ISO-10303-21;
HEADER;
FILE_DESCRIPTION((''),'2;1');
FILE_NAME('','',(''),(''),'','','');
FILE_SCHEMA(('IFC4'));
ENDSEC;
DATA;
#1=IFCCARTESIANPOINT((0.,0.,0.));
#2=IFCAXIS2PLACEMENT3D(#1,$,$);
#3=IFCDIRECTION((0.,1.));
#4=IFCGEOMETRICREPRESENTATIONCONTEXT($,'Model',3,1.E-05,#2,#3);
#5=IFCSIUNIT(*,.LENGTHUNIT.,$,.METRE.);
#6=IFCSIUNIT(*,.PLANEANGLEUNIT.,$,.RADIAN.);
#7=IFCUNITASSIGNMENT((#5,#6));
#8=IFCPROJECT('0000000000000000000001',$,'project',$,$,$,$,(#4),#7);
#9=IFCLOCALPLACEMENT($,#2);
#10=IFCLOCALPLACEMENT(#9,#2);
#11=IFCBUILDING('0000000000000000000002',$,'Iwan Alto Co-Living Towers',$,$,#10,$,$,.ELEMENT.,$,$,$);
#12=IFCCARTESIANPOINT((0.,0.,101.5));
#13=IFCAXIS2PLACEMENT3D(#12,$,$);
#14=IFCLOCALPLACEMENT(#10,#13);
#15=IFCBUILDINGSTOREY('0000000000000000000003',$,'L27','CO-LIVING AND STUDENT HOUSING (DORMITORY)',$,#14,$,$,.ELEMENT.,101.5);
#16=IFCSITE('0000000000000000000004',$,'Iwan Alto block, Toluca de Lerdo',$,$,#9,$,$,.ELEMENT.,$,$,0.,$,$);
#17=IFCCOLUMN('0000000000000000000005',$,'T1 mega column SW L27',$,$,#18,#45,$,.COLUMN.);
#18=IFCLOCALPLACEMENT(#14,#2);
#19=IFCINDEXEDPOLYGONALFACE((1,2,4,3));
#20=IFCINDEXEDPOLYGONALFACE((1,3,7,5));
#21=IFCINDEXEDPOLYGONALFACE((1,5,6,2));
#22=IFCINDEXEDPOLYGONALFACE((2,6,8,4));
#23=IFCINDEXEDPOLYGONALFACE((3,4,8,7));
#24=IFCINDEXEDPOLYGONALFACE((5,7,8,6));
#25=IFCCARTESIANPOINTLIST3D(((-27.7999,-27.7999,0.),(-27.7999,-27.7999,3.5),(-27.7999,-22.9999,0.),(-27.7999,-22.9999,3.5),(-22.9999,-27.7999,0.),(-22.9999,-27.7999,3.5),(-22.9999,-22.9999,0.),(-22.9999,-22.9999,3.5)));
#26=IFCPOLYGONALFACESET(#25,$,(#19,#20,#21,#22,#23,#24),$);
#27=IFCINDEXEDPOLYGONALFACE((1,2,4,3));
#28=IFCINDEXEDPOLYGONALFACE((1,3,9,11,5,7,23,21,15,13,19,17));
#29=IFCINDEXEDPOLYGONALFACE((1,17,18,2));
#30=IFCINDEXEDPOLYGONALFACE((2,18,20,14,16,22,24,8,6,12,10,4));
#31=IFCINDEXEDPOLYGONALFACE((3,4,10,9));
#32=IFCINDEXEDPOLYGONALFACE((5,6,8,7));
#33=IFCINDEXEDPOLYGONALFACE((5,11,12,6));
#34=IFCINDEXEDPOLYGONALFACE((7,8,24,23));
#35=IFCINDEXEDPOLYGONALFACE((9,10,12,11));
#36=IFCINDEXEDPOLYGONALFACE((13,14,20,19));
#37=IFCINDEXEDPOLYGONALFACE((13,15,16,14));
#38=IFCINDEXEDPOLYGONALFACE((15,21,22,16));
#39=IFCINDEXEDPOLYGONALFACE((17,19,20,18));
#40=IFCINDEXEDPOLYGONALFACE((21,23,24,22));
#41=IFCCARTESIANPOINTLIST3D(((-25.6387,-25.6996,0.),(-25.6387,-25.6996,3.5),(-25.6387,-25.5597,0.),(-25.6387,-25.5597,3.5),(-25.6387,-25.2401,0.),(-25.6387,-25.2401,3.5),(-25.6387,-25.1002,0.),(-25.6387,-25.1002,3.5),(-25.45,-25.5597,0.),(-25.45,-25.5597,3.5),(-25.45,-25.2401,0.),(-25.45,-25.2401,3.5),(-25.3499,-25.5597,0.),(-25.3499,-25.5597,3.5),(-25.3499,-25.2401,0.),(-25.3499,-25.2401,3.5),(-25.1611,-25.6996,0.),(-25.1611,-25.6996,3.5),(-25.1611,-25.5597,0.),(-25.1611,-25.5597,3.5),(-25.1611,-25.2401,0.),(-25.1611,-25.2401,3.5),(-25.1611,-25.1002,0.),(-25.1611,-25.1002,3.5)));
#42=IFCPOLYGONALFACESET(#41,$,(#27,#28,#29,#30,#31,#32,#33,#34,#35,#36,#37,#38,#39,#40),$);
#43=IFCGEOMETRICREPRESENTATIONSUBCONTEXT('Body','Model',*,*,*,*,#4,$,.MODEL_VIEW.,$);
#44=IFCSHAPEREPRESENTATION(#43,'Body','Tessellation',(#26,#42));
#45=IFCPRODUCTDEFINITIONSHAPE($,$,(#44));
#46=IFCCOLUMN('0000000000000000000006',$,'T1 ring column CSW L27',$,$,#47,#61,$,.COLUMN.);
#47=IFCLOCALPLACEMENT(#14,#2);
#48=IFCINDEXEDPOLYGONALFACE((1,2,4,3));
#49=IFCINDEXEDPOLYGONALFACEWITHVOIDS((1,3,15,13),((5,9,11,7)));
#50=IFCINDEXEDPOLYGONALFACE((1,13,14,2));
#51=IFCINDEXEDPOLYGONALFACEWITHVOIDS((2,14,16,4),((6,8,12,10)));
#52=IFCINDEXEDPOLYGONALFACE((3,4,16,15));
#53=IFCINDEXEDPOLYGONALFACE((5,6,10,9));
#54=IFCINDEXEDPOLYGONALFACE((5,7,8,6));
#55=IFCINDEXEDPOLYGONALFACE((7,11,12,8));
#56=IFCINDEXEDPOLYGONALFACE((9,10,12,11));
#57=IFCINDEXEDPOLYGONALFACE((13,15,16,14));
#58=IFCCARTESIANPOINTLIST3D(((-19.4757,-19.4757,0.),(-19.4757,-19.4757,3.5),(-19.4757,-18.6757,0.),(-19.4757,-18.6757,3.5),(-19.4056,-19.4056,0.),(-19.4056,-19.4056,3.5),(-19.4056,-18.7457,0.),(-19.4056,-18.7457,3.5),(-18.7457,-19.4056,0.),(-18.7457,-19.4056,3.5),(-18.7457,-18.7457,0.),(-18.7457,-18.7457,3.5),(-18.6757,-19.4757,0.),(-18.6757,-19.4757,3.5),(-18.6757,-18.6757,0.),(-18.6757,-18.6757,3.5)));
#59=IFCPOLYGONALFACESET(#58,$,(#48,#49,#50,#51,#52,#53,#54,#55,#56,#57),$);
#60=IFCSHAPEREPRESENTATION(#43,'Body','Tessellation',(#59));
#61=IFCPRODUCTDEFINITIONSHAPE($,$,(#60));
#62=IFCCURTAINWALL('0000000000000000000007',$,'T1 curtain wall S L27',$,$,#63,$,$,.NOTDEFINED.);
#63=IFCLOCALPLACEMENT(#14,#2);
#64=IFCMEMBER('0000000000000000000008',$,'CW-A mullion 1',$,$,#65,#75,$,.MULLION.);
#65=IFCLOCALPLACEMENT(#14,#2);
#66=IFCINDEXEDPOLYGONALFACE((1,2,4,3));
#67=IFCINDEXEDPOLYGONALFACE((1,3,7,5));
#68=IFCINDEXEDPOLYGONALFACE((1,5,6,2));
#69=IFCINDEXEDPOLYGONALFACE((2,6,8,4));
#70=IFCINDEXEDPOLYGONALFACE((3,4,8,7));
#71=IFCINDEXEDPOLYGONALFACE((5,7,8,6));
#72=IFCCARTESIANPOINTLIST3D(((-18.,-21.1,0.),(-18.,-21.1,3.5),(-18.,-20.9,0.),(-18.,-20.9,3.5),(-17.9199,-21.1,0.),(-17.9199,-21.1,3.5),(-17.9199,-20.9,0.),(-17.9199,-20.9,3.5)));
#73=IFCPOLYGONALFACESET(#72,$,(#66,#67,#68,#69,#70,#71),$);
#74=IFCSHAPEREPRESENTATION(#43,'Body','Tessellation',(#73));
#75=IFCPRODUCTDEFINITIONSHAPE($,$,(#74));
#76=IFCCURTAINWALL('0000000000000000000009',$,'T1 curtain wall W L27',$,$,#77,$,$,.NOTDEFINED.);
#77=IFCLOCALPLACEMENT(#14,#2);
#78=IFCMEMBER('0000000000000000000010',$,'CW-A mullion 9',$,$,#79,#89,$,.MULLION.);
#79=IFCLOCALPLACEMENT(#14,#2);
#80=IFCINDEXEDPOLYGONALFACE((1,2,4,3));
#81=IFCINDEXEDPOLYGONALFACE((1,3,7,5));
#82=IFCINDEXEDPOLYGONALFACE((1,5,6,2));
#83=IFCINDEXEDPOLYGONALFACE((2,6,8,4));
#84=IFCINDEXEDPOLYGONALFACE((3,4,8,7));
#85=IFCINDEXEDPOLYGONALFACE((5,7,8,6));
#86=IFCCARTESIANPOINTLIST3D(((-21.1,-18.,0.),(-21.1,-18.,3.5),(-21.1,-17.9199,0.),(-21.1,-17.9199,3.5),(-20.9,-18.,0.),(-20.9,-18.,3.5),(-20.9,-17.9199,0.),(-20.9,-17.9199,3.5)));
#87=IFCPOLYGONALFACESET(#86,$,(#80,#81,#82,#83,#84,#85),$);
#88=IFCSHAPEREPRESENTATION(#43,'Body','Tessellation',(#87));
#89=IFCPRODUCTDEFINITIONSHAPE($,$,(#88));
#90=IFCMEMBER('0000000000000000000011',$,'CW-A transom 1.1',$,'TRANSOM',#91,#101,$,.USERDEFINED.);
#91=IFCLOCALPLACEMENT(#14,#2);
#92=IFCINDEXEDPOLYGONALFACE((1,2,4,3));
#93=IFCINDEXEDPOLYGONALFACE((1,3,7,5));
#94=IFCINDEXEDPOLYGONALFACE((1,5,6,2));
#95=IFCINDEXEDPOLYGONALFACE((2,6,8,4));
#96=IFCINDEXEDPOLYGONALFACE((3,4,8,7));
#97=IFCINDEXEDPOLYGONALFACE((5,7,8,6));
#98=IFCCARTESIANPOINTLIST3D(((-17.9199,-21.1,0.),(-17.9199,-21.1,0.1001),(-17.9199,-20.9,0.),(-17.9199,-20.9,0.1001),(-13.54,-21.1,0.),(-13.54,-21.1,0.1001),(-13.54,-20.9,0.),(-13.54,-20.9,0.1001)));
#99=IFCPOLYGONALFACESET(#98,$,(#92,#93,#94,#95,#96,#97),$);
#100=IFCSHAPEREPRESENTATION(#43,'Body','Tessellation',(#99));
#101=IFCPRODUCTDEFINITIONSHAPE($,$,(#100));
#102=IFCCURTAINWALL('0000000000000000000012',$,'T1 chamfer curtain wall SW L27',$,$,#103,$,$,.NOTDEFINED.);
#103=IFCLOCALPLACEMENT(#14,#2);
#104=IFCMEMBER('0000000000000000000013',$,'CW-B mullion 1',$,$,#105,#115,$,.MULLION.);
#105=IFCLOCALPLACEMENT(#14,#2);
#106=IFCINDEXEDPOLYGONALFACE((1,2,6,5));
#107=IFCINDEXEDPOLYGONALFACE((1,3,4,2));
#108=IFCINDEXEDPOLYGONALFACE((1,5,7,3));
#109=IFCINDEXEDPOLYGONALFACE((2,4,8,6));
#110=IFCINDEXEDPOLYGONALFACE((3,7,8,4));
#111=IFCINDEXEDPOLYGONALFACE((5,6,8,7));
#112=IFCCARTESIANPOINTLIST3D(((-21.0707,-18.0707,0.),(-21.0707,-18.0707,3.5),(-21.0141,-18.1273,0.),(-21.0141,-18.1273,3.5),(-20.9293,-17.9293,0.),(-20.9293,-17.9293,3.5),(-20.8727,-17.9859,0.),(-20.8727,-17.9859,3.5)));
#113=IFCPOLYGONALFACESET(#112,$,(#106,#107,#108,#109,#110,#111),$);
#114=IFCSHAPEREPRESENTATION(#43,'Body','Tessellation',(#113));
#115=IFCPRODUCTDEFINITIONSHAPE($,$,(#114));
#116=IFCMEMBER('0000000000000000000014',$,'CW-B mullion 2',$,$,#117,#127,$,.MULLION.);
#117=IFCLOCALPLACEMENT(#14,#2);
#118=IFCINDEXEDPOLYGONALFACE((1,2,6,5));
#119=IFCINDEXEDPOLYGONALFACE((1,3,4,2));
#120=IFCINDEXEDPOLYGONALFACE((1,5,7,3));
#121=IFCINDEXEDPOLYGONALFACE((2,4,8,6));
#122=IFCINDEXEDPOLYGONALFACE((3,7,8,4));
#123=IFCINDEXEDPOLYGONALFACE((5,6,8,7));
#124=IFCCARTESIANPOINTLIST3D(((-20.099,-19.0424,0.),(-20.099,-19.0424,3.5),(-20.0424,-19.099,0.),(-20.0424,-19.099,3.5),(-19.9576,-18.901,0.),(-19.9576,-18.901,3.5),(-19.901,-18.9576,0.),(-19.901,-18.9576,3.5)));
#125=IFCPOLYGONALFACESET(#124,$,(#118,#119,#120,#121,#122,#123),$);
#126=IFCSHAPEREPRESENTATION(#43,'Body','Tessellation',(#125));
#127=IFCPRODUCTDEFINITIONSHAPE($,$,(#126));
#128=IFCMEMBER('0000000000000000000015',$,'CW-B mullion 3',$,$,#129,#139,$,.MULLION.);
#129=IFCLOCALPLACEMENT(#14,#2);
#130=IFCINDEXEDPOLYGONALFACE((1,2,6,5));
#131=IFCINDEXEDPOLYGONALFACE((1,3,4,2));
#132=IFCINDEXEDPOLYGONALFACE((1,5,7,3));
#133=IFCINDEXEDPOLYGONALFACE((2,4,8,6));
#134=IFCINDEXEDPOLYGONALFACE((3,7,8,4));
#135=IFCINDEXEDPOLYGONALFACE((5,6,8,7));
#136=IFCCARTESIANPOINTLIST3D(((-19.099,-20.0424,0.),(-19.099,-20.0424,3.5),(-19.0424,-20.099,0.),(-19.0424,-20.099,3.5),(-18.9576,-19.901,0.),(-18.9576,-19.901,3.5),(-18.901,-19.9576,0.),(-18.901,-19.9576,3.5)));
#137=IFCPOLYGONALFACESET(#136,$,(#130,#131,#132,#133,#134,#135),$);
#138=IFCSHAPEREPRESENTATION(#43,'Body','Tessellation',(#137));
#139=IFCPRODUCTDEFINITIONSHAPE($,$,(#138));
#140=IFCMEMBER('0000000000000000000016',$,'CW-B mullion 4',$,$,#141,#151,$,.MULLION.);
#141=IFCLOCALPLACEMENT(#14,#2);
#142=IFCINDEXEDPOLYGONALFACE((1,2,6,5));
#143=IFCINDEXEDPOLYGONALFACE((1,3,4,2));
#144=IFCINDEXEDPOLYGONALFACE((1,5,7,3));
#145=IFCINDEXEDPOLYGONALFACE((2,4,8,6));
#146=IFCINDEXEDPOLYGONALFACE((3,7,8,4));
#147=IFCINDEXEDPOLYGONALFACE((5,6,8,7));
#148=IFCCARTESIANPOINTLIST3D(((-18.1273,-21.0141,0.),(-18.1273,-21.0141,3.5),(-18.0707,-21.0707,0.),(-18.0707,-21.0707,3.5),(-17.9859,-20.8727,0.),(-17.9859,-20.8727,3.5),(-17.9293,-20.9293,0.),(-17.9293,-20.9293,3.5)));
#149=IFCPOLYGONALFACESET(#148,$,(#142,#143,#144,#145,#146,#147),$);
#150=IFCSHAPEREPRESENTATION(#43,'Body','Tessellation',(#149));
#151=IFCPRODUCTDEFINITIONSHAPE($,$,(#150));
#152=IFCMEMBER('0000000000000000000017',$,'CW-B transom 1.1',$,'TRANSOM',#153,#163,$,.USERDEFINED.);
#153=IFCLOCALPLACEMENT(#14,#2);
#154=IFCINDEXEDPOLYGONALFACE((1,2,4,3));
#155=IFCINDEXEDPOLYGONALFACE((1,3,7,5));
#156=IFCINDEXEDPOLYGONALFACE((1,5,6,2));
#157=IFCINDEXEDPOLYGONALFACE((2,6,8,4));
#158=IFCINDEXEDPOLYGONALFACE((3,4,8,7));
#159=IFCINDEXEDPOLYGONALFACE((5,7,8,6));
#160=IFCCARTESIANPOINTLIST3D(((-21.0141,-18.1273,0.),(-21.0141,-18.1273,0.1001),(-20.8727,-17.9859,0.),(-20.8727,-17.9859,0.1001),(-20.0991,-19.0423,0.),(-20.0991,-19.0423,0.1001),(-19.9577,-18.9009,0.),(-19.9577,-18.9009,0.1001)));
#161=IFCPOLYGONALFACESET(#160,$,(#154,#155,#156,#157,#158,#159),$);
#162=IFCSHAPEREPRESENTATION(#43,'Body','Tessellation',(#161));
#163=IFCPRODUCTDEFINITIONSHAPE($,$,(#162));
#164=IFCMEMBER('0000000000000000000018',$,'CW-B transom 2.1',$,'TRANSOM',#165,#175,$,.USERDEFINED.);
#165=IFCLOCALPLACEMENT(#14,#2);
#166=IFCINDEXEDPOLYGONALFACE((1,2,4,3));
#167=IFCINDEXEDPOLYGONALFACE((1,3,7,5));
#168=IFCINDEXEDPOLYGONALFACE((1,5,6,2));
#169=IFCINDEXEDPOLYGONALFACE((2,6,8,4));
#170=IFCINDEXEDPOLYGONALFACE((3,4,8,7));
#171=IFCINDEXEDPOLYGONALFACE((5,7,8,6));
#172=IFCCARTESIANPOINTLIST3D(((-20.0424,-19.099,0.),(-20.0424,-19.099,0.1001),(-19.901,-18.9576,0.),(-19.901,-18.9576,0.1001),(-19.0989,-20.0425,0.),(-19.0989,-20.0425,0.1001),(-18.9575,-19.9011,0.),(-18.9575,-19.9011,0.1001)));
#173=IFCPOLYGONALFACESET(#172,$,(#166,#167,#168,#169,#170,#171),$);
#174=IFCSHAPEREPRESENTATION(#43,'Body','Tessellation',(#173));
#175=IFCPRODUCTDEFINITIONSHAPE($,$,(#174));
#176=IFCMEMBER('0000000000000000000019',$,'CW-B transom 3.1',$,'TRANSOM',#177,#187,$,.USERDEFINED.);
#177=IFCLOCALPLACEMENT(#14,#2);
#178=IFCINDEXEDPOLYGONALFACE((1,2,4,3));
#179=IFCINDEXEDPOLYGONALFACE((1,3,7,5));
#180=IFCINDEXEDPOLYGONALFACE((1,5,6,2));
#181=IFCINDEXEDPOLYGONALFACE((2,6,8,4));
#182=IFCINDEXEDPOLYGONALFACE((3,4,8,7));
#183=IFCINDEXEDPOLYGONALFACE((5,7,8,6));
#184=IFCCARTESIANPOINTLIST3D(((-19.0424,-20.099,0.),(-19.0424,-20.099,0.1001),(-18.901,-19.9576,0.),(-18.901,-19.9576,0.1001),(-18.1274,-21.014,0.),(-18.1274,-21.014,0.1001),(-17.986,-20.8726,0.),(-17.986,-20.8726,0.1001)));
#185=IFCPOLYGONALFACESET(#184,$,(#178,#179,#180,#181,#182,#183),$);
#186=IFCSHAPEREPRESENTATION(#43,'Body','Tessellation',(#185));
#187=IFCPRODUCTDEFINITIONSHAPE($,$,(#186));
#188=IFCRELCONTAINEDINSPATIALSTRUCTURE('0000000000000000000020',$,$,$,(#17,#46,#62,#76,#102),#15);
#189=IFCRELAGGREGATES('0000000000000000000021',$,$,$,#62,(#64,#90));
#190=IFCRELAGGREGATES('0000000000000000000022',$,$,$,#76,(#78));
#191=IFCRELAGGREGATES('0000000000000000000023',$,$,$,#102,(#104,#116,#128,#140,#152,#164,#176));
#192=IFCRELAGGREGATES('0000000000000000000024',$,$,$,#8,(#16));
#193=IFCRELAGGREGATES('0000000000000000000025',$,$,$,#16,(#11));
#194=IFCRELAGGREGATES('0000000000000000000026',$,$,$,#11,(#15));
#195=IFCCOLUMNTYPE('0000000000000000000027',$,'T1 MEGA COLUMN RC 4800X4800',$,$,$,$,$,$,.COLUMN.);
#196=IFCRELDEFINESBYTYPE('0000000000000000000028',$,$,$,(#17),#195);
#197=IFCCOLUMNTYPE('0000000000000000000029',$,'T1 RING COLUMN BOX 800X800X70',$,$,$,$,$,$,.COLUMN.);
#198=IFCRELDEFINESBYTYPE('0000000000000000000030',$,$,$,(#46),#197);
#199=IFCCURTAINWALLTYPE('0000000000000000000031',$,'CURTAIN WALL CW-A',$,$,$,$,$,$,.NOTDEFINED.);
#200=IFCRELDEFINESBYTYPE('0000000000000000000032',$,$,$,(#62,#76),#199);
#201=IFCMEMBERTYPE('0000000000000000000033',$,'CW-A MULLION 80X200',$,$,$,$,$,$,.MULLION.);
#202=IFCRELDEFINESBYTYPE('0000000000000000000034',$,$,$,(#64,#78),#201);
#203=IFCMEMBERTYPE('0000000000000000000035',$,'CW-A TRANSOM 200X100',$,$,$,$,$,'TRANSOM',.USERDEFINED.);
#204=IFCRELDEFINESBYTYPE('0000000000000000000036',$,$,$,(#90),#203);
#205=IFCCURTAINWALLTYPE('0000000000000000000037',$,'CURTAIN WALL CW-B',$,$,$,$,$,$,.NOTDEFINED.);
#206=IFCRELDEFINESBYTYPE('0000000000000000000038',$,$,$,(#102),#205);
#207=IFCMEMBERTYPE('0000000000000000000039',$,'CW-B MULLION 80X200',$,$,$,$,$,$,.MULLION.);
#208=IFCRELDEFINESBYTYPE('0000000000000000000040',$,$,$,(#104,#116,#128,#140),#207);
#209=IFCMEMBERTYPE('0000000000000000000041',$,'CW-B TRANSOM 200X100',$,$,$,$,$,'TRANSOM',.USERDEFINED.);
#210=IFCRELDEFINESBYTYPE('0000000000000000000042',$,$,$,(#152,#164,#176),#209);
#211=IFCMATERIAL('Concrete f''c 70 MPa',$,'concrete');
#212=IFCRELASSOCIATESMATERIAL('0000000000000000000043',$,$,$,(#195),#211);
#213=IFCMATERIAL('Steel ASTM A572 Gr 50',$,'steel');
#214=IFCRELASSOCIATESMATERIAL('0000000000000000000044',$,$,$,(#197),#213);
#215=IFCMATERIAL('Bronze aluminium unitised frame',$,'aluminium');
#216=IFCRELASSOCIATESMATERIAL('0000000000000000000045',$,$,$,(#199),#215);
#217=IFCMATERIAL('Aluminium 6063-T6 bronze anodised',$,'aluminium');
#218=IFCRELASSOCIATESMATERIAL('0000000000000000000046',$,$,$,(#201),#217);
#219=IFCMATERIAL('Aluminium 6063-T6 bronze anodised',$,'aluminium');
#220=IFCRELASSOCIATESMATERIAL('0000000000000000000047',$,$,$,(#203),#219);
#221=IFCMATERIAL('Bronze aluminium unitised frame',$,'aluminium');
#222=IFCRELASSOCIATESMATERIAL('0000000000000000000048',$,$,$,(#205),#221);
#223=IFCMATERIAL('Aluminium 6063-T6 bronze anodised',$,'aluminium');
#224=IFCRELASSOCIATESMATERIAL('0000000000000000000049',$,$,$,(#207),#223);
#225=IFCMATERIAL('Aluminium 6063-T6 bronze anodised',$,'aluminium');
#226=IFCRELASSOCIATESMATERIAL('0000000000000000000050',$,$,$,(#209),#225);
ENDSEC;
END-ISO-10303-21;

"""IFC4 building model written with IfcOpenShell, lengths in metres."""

from ifc_helpers import new_model, si_unit, direction, frame, origin, origin_2d, place, context, subcontext, project, spatial, rectangle, hollow_rectangle, i_section, extrude, material, material_profile, profile_set, type_object, element, aggregate, save


model = new_model("IFC4")

# Units and contexts
model_context = context("Model", 3, precision=1e-05, world=origin(), true_north=direction((0.0, 1.0)))
body_context = subcontext(model_context, "Body", "Model", "MODEL_VIEW")
ifc_project = project(units=[si_unit("LENGTHUNIT", "METRE"), si_unit("PLANEANGLEUNIT", "RADIAN")], contexts=[model_context])

# Site, building, storey
site_placement = place(None, origin())
site = spatial("IfcSite", under=ifc_project, at=site_placement, Name="Iwan Alto block, Toluca de Lerdo", CompositionType="ELEMENT", RefElevation=0.0)
building_placement = place(site_placement, origin())
building = spatial("IfcBuilding", under=site, at=building_placement, Name="Iwan Alto Co-Living Towers", CompositionType="ELEMENT")
storey_placement = place(building_placement, frame((0.0, 0.0, 101.5)))
storey = spatial("IfcBuildingStorey", under=building, at=storey_placement, Name="L27", Description="CO-LIVING AND STUDENT HOUSING (DORMITORY)", CompositionType="ELEMENT", Elevation=101.5)

# Columns
ifc_material_1 = material(Name="Concrete f'c 70 MPa", Category="concrete")
ifc_material_profile_1 = material_profile(ifc_material_1, rectangle(XDim=4.8, YDim=4.8, at=origin_2d()), Name="RC 4800X4800")
ifc_profile_set_1 = profile_set([ifc_material_profile_1], Name="Concrete f'c 70 MPa")
column_type_1 = type_object("IfcColumnType", Name="T1 MEGA COLUMN RC 4800X4800", PredefinedType="COLUMN", material=ifc_profile_set_1)
column_1_placement = place(storey_placement, frame((-25.3999, -25.3999, 0.0), z_axis=(0.0, 0.0, 1.0), x_axis=(1.0, 0.0, 0.0)))
element("IfcColumn", 1, at=column_1_placement, inside=storey, type_object=column_type_1, Name="T1 mega column SW L27", PredefinedType="COLUMN", context=body_context, shape_type="SweptSolid", body=[
    extrude(rectangle(XDim=4.8, YDim=4.8, at=origin_2d()), origin(), (0.0, 0.0, 1.0), 3.5),
    extrude(i_section(OverallWidth=0.4775, OverallDepth=0.5994, WebThickness=0.1001, FlangeThickness=0.1399, at=origin_2d()), origin(), (0.0, 0.0, 1.0), 3.5),
])
ifc_material_2 = material(Name="Steel ASTM A572 Gr 50", Category="steel")
ifc_material_profile_2 = material_profile(ifc_material_2, hollow_rectangle(XDim=0.8, YDim=0.8, WallThickness=0.0701, at=origin_2d()), Name="BOX 800X800X70")
ifc_profile_set_2 = profile_set([ifc_material_profile_2], Name="Steel ASTM A572 Gr 50")
column_type_2 = type_object("IfcColumnType", Name="T1 RING COLUMN BOX 800X800X70", PredefinedType="COLUMN", material=ifc_profile_set_2)
column_2_placement = place(storey_placement, frame((-19.0757, -19.0757, 0.0), z_axis=(0.0, 0.0, 1.0), x_axis=(1.0, 0.0, 0.0)))
element("IfcColumn", 2, at=column_2_placement, inside=storey, type_object=column_type_2, Name="T1 ring column CSW L27", PredefinedType="COLUMN", context=body_context, shape_type="SweptSolid", body=[
    extrude(hollow_rectangle(XDim=0.8, YDim=0.8, WallThickness=0.0701, at=origin_2d()), origin(), (0.0, 0.0, 1.0), 3.5),
])

# Curtain walls, members
ifc_material_3 = material(Name="Bronze aluminium unitised frame", Category="aluminium")
curtain_wall_type_1 = type_object("IfcCurtainWallType", Name="CURTAIN WALL CW-A", PredefinedType="NOTDEFINED", material=ifc_material_3)
curtain_wall_1_placement = place(storey_placement, origin())
curtain_wall_1 = element("IfcCurtainWall", 3, at=curtain_wall_1_placement, inside=storey, type_object=curtain_wall_type_1, Name="T1 curtain wall S L27", PredefinedType="NOTDEFINED")
ifc_material_4 = material(Name="Aluminium 6063-T6 bronze anodised", Category="aluminium")
ifc_material_profile_3 = material_profile(ifc_material_4, rectangle(XDim=0.2, YDim=0.0801, at=origin_2d()), Name="AL 80X200")
ifc_profile_set_3 = profile_set([ifc_material_profile_3], Name="Aluminium 6063-T6 bronze anodised")
member_type_1 = type_object("IfcMemberType", Name="CW-A MULLION 80X200", PredefinedType="MULLION", material=ifc_profile_set_3)
member_1_placement = place(storey_placement, frame((-17.96, -21.0, 0.0), z_axis=(0.0, 0.0, 1.0), x_axis=(0.0, 1.0, 0.0)))
member_1 = element("IfcMember", 4, at=member_1_placement, type_object=member_type_1, Name="CW-A mullion 1", PredefinedType="MULLION", context=body_context, shape_type="SweptSolid", body=[
    extrude(rectangle(XDim=0.2, YDim=0.0801, at=origin_2d()), origin(), (0.0, 0.0, 1.0), 3.5),
])
curtain_wall_2_placement = place(storey_placement, origin())
curtain_wall_2 = element("IfcCurtainWall", 5, at=curtain_wall_2_placement, inside=storey, type_object=curtain_wall_type_1, Name="T1 curtain wall W L27", PredefinedType="NOTDEFINED")
member_2_placement = place(storey_placement, frame((-21.0, -17.96, 0.0), z_axis=(0.0, 0.0, 1.0), x_axis=(1.0, 0.0, 0.0)))
member_2 = element("IfcMember", 6, at=member_2_placement, type_object=member_type_1, Name="CW-A mullion 9", PredefinedType="MULLION", context=body_context, shape_type="SweptSolid", body=[
    extrude(rectangle(XDim=0.2, YDim=0.0801, at=origin_2d()), origin(), (0.0, 0.0, 1.0), 3.5),
])

# Member
ifc_material_5 = material(Name="Aluminium 6063-T6 bronze anodised", Category="aluminium")
ifc_material_profile_4 = material_profile(ifc_material_5, rectangle(XDim=0.2, YDim=0.1001, at=origin_2d()), Name="AL 200X100")
ifc_profile_set_4 = profile_set([ifc_material_profile_4], Name="Aluminium 6063-T6 bronze anodised")
member_type_2 = type_object("IfcMemberType", Name="CW-A TRANSOM 200X100", ElementType="TRANSOM", PredefinedType="USERDEFINED", material=ifc_profile_set_4)
member_3_placement = place(storey_placement, frame((-17.9199, -21.0, 0.05), z_axis=(1.0, 0.0, 0.0), x_axis=(0.0, 1.0, 0.0)))
member_3 = element("IfcMember", 7, at=member_3_placement, type_object=member_type_2, Name="CW-A transom 1.1", ObjectType="TRANSOM", PredefinedType="USERDEFINED", context=body_context, shape_type="SweptSolid", body=[
    extrude(rectangle(XDim=0.2, YDim=0.1001, at=origin_2d()), origin(), (0.0, 0.0, 1.0), 4.3799),
])
aggregate(curtain_wall_1, [member_1, member_3])

# Curtain wall, members
ifc_material_6 = material(Name="Bronze aluminium unitised frame", Category="aluminium")
curtain_wall_type_2 = type_object("IfcCurtainWallType", Name="CURTAIN WALL CW-B", PredefinedType="NOTDEFINED", material=ifc_material_6)
curtain_wall_3_placement = place(storey_placement, origin())
curtain_wall_3 = element("IfcCurtainWall", 8, at=curtain_wall_3_placement, inside=storey, type_object=curtain_wall_type_2, Name="T1 chamfer curtain wall SW L27", PredefinedType="NOTDEFINED")
ifc_material_7 = material(Name="Aluminium 6063-T6 bronze anodised", Category="aluminium")
ifc_material_profile_5 = material_profile(ifc_material_7, rectangle(XDim=0.2, YDim=0.0801, at=origin_2d()), Name="AL 80X200")
ifc_profile_set_5 = profile_set([ifc_material_profile_5], Name="Aluminium 6063-T6 bronze anodised")
member_type_3 = type_object("IfcMemberType", Name="CW-B MULLION 80X200", PredefinedType="MULLION", material=ifc_profile_set_5)
member_4_placement = place(storey_placement, frame((-20.9717, -18.0283, 0.0), z_axis=(0.0, 0.0, 1.0), x_axis=(0.707107, 0.707107, 0.0)))
member_4 = element("IfcMember", 9, at=member_4_placement, type_object=member_type_3, Name="CW-B mullion 1", PredefinedType="MULLION", context=body_context, shape_type="SweptSolid", body=[
    extrude(rectangle(XDim=0.2, YDim=0.0801, at=origin_2d()), origin(), (0.0, 0.0, 1.0), 3.5),
])
member_5_placement = place(storey_placement, frame((-20.0, -19.0, 0.0), z_axis=(0.0, 0.0, 1.0), x_axis=(0.707107, 0.707107, 0.0)))
member_5 = element("IfcMember", 10, at=member_5_placement, type_object=member_type_3, Name="CW-B mullion 2", PredefinedType="MULLION", context=body_context, shape_type="SweptSolid", body=[
    extrude(rectangle(XDim=0.2, YDim=0.0801, at=origin_2d()), origin(), (0.0, 0.0, 1.0), 3.5),
])
member_6_placement = place(storey_placement, frame((-19.0, -20.0, 0.0), z_axis=(0.0, 0.0, 1.0), x_axis=(0.707107, 0.707107, 0.0)))
member_6 = element("IfcMember", 11, at=member_6_placement, type_object=member_type_3, Name="CW-B mullion 3", PredefinedType="MULLION", context=body_context, shape_type="SweptSolid", body=[
    extrude(rectangle(XDim=0.2, YDim=0.0801, at=origin_2d()), origin(), (0.0, 0.0, 1.0), 3.5),
])
member_7_placement = place(storey_placement, frame((-18.0283, -20.9717, 0.0), z_axis=(0.0, 0.0, 1.0), x_axis=(0.707107, 0.707107, 0.0)))
member_7 = element("IfcMember", 12, at=member_7_placement, type_object=member_type_3, Name="CW-B mullion 4", PredefinedType="MULLION", context=body_context, shape_type="SweptSolid", body=[
    extrude(rectangle(XDim=0.2, YDim=0.0801, at=origin_2d()), origin(), (0.0, 0.0, 1.0), 3.5),
])
ifc_material_8 = material(Name="Aluminium 6063-T6 bronze anodised", Category="aluminium")
ifc_material_profile_6 = material_profile(ifc_material_8, rectangle(XDim=0.2, YDim=0.1001, at=origin_2d()), Name="AL 200X100")
ifc_profile_set_6 = profile_set([ifc_material_profile_6], Name="Aluminium 6063-T6 bronze anodised")
member_type_4 = type_object("IfcMemberType", Name="CW-B TRANSOM 200X100", ElementType="TRANSOM", PredefinedType="USERDEFINED", material=ifc_profile_set_6)
member_8_placement = place(storey_placement, frame((-20.9434, -18.0566, 0.05), z_axis=(0.707107, -0.707107, 0.0), x_axis=(0.707107, 0.707107, 0.0)))
member_8 = element("IfcMember", 13, at=member_8_placement, type_object=member_type_4, Name="CW-B transom 1.1", ObjectType="TRANSOM", PredefinedType="USERDEFINED", context=body_context, shape_type="SweptSolid", body=[
    extrude(rectangle(XDim=0.2, YDim=0.1001, at=origin_2d()), origin(), (0.0, 0.0, 1.0), 1.2939),
])
member_9_placement = place(storey_placement, frame((-19.9717, -19.0283, 0.05), z_axis=(0.707107, -0.707107, 0.0), x_axis=(0.707107, 0.707107, 0.0)))
member_9 = element("IfcMember", 14, at=member_9_placement, type_object=member_type_4, Name="CW-B transom 2.1", ObjectType="TRANSOM", PredefinedType="USERDEFINED", context=body_context, shape_type="SweptSolid", body=[
    extrude(rectangle(XDim=0.2, YDim=0.1001, at=origin_2d()), origin(), (0.0, 0.0, 1.0), 1.3342),
])
member_10_placement = place(storey_placement, frame((-18.9717, -20.0283, 0.05), z_axis=(0.707107, -0.707107, 0.0), x_axis=(0.707107, 0.707107, 0.0)))
member_10 = element("IfcMember", 15, at=member_10_placement, type_object=member_type_4, Name="CW-B transom 3.1", ObjectType="TRANSOM", PredefinedType="USERDEFINED", context=body_context, shape_type="SweptSolid", body=[
    extrude(rectangle(XDim=0.2, YDim=0.1001, at=origin_2d()), origin(), (0.0, 0.0, 1.0), 1.2939),
])

aggregate(curtain_wall_2, [member_2])
aggregate(curtain_wall_3, [member_4, member_5, member_6, member_7, member_8, member_9, member_10])

save(model, "model.ifc")
